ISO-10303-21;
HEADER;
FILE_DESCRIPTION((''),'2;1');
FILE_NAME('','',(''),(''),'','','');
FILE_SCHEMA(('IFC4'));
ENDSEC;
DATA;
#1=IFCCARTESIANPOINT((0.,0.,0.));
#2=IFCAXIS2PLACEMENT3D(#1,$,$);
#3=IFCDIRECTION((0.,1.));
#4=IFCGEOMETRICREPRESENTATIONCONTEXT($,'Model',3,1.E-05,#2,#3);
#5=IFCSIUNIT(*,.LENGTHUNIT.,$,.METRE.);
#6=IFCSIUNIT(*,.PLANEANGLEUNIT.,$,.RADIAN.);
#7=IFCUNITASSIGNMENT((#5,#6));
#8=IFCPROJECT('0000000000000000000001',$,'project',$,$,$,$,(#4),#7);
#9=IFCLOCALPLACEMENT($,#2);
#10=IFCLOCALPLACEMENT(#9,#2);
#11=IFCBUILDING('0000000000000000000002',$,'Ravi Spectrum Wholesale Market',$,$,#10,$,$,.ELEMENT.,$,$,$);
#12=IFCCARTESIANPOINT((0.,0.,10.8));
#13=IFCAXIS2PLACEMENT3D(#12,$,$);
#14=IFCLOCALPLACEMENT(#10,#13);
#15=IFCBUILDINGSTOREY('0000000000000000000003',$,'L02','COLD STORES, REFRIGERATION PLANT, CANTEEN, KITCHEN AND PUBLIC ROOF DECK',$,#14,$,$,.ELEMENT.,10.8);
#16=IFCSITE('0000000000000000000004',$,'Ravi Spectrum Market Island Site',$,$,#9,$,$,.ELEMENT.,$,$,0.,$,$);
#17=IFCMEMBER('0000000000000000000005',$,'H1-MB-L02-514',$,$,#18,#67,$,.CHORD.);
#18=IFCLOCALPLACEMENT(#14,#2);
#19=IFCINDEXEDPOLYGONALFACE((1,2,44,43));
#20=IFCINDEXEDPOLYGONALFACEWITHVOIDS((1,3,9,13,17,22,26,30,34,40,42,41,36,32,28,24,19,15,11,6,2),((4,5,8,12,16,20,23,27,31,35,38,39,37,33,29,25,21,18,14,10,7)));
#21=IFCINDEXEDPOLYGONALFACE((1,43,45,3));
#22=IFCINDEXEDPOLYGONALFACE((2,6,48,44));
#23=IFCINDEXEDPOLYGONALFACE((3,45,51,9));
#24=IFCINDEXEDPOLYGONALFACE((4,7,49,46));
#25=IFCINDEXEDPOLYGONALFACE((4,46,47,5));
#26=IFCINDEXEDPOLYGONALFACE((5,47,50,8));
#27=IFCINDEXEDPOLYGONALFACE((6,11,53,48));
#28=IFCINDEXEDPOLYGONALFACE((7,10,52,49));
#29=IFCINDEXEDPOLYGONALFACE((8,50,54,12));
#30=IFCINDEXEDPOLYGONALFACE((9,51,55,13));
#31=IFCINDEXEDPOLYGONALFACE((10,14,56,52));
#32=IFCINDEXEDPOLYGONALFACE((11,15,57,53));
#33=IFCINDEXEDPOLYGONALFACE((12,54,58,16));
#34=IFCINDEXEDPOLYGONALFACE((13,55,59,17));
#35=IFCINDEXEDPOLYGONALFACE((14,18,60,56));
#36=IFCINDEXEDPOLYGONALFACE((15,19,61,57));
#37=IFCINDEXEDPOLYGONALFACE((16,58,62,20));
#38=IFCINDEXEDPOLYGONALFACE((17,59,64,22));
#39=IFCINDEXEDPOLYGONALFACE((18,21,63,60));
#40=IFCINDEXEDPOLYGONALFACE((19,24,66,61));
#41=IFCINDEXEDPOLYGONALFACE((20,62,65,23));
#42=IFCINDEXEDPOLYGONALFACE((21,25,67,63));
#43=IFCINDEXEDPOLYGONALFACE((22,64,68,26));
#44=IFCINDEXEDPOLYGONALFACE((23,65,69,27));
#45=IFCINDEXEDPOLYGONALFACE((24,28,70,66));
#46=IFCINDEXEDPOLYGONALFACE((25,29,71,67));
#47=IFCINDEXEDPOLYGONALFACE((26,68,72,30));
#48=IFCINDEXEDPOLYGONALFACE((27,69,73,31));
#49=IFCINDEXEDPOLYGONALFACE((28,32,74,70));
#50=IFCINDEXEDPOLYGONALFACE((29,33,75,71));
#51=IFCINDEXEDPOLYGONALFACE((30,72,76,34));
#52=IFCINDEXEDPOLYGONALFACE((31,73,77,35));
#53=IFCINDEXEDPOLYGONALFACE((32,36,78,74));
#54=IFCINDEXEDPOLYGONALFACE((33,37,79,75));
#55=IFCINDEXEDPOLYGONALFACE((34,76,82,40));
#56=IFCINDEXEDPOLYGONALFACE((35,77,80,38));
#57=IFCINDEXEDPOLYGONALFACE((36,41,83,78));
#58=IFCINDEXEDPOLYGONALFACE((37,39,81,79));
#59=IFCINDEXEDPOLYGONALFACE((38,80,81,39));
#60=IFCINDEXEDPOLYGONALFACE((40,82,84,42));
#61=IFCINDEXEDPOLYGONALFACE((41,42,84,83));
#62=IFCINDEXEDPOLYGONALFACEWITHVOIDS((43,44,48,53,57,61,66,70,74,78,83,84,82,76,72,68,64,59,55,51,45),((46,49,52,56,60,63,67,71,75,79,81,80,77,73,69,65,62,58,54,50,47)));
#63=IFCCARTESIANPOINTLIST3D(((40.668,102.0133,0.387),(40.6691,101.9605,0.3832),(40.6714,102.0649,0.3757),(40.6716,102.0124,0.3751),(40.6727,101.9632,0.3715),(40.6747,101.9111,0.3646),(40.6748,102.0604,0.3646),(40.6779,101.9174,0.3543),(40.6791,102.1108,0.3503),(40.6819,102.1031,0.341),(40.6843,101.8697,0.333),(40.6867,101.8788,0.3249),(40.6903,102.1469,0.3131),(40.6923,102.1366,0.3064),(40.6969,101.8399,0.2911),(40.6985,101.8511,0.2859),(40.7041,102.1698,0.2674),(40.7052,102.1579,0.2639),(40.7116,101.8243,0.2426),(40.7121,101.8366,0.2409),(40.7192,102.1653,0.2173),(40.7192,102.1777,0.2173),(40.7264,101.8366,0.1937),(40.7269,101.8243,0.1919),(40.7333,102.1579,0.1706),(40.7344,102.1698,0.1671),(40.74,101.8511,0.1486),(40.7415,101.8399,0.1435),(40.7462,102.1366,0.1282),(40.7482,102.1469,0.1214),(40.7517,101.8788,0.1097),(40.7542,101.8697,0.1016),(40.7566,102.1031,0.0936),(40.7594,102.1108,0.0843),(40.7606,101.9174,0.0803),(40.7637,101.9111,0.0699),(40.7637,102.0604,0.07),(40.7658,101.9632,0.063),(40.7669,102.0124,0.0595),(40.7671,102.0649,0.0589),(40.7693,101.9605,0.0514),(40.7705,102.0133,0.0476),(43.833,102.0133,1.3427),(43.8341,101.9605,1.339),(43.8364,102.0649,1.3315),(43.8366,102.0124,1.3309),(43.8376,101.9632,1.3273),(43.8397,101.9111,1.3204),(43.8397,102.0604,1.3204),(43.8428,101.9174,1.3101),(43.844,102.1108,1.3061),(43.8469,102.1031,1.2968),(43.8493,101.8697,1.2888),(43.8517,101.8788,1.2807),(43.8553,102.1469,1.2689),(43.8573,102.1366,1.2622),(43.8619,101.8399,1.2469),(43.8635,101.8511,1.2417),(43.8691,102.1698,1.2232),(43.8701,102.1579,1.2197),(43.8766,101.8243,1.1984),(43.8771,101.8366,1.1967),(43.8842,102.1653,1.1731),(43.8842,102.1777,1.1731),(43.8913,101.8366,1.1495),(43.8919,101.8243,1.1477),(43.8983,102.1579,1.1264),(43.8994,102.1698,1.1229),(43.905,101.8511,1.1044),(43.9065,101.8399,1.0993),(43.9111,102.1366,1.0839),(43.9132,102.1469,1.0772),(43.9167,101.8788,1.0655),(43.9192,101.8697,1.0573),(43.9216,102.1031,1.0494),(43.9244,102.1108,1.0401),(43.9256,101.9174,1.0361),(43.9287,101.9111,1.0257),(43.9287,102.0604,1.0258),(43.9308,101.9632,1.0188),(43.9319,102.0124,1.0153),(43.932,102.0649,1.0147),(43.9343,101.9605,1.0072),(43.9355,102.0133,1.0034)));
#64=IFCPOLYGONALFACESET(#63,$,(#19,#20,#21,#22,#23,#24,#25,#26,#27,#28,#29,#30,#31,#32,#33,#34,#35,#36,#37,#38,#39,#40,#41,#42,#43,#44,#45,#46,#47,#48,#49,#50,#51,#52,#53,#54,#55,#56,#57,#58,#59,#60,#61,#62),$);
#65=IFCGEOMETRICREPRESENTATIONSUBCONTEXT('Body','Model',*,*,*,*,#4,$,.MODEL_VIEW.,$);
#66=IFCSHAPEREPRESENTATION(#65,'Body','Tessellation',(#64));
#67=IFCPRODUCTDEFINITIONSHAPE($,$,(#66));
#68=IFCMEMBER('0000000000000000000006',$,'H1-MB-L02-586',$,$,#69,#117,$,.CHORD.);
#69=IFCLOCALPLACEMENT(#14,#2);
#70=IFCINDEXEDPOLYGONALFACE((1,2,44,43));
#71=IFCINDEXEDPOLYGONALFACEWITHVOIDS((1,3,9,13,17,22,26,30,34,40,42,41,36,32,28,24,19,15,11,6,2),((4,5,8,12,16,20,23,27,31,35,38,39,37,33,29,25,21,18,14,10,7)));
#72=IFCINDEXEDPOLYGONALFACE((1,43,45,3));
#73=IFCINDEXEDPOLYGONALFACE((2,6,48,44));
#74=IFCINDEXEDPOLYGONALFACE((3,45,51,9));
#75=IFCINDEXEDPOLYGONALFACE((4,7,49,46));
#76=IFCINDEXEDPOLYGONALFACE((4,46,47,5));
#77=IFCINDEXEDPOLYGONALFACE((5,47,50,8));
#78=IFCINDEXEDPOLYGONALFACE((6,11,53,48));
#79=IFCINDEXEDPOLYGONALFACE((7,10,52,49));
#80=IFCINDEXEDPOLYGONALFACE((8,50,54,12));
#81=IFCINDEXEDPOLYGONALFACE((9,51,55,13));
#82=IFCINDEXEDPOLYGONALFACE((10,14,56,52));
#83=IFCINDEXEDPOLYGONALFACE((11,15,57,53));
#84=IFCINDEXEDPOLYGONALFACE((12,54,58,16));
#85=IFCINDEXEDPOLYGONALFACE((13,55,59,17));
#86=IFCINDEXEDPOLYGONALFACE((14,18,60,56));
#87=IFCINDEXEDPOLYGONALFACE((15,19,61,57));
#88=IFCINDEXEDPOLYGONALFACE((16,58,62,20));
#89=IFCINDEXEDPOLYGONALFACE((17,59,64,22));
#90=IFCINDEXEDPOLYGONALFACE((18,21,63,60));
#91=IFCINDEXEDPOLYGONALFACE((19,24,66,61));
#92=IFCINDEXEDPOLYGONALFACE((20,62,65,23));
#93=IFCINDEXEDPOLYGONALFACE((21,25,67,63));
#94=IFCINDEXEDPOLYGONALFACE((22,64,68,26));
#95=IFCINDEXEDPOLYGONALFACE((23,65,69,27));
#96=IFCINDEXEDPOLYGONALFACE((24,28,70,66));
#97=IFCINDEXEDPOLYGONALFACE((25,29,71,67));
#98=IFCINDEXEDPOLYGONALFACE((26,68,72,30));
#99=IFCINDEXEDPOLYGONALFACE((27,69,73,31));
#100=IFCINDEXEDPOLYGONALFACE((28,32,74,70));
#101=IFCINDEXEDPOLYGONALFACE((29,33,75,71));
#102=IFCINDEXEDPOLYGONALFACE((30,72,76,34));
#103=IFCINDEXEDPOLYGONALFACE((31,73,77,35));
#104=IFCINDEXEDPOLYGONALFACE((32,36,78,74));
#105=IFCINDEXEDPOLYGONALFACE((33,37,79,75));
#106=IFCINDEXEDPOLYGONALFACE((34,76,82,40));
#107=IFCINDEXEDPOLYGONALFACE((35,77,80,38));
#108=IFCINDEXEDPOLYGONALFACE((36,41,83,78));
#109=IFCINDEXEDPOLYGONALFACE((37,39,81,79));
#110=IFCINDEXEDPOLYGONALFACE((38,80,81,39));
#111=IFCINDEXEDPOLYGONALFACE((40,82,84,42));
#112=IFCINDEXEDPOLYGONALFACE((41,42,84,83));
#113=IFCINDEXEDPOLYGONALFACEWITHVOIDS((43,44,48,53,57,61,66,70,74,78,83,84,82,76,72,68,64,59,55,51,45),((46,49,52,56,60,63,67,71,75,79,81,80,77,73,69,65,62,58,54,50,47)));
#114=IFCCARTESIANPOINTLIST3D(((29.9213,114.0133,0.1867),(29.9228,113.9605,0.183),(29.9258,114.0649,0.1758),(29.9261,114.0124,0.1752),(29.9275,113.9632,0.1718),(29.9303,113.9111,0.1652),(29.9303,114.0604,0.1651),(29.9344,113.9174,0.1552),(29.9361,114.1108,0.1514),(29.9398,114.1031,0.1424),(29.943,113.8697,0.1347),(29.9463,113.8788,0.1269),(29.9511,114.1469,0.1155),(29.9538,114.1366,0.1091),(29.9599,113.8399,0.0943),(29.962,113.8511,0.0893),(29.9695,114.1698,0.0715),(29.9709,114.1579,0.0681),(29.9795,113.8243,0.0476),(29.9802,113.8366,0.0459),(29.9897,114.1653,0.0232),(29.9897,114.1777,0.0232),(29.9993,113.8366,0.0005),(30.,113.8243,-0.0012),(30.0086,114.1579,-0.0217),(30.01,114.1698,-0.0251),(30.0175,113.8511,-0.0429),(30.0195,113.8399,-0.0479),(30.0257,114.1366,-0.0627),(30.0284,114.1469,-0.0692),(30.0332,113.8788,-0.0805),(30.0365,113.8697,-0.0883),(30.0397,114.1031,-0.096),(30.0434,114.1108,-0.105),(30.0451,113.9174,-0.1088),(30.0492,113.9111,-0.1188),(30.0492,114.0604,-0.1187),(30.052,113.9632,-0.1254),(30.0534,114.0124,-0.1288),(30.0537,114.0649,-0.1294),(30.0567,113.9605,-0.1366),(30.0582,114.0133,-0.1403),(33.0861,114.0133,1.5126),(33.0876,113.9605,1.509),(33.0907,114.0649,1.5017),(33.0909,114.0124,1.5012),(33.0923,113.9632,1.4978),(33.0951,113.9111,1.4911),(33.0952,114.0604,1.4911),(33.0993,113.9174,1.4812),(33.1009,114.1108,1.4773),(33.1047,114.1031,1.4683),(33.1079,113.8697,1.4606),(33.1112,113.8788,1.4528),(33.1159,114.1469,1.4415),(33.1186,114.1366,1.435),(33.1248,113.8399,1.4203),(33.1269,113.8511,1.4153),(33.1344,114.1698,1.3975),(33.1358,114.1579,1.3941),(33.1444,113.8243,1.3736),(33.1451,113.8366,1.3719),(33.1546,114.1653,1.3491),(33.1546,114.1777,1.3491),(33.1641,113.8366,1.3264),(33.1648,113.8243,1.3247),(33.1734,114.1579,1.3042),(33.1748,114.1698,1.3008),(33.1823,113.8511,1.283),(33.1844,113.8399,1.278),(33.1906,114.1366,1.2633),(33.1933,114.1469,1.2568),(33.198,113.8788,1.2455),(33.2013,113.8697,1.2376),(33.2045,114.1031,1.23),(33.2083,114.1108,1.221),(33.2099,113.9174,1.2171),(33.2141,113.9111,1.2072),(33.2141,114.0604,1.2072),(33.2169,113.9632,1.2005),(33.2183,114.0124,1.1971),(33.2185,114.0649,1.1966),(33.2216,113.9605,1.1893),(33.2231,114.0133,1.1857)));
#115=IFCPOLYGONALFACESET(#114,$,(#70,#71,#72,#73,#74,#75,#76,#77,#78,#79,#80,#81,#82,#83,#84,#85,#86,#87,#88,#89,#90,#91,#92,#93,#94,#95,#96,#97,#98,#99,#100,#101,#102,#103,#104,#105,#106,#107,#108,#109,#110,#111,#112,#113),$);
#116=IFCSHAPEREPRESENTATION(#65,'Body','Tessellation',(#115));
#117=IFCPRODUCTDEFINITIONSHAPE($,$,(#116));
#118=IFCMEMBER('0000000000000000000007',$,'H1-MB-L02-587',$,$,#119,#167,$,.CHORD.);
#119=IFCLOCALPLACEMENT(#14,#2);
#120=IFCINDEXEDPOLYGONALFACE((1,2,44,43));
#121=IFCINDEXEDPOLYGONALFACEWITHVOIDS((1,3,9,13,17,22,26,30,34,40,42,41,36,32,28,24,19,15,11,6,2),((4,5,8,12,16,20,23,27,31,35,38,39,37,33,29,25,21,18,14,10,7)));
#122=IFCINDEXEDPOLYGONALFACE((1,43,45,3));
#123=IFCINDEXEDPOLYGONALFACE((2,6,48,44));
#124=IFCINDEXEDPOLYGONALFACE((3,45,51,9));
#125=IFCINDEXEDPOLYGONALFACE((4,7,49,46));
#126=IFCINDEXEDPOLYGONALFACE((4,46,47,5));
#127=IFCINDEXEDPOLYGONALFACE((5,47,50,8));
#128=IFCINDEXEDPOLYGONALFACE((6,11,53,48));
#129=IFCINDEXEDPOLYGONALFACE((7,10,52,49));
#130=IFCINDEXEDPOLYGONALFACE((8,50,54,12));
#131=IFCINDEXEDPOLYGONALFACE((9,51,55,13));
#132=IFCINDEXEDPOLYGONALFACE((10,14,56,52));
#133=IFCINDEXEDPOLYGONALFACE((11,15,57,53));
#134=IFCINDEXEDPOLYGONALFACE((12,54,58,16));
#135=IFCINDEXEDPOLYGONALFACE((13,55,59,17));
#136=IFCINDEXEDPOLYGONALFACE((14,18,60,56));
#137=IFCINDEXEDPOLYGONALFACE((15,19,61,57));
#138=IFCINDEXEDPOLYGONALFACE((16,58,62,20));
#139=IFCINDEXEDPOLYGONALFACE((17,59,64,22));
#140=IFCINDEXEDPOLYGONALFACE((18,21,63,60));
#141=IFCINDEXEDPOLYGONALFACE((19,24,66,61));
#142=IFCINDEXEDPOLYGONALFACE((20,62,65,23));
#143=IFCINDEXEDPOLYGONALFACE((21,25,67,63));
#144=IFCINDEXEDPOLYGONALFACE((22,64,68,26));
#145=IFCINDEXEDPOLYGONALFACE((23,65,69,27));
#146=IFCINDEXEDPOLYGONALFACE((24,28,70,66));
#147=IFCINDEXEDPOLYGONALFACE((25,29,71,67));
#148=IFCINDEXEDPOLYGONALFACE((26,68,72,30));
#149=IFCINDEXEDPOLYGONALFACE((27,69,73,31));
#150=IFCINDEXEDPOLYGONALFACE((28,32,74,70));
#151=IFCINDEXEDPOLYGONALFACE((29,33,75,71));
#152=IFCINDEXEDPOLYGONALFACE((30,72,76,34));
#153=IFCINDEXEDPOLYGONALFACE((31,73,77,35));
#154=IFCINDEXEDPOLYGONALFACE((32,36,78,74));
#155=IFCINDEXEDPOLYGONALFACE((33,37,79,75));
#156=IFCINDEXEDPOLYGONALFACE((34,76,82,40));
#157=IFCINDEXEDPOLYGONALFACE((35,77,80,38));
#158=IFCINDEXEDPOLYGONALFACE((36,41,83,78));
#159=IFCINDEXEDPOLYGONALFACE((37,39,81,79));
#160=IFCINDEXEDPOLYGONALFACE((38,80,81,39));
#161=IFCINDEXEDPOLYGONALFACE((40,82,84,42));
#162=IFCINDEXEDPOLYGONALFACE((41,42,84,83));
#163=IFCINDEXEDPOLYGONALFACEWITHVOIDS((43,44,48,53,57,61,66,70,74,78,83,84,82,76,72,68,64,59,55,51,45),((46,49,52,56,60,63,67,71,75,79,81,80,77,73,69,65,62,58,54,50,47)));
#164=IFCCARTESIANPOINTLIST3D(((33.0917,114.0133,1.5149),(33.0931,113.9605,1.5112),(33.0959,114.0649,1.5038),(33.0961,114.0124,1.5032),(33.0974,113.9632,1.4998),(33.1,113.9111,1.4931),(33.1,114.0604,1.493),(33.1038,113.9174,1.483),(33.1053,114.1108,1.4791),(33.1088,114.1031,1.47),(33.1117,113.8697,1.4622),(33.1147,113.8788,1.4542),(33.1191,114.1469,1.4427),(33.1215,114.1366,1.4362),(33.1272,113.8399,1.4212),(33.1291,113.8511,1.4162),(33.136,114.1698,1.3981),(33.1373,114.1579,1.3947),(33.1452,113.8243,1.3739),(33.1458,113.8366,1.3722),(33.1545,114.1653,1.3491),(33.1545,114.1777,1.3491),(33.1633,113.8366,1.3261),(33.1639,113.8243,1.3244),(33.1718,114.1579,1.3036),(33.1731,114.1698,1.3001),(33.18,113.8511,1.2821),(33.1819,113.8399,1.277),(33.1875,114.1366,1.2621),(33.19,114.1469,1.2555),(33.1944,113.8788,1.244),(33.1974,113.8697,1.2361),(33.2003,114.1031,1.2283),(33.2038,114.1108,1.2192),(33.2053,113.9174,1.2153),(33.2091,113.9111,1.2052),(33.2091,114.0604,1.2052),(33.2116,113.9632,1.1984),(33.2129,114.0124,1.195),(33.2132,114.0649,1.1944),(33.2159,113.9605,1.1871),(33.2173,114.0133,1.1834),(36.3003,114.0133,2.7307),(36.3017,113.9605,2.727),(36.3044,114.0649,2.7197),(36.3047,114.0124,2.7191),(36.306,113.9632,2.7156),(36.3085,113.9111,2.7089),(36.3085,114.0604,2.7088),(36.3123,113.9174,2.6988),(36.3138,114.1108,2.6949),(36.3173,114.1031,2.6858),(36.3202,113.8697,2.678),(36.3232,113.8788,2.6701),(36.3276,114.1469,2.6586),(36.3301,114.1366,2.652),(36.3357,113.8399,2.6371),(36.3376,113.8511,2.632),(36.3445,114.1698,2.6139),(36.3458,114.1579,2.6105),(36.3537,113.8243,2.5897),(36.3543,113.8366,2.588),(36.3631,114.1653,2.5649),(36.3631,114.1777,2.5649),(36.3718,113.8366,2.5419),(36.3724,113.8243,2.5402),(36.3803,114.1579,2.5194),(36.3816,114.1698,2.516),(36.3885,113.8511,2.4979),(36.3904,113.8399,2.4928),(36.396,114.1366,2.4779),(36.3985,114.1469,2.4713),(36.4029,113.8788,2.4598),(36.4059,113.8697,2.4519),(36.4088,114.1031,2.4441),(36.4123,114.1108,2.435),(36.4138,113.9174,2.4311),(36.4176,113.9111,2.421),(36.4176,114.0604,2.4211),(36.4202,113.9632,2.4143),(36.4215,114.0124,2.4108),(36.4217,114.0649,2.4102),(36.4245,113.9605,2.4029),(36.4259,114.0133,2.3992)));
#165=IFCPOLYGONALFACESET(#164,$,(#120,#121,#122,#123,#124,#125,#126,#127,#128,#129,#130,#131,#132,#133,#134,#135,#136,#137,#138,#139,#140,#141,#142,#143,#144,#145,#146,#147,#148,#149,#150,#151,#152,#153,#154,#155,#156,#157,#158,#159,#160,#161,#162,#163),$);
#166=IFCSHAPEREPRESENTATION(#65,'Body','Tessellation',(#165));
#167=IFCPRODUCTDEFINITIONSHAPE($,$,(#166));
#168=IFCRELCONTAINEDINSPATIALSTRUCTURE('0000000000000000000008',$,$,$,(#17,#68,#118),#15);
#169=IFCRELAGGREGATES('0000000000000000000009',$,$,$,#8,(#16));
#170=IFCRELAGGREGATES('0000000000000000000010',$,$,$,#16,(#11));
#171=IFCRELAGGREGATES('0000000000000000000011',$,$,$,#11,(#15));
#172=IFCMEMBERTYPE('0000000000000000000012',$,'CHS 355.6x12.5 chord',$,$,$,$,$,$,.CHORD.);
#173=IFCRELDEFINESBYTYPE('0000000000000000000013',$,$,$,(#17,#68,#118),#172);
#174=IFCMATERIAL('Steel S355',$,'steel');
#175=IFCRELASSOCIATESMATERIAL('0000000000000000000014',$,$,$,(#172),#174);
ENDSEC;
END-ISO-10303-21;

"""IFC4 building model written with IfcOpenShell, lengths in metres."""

from ifc_helpers import new_model, si_unit, direction, frame, origin, origin_2d, place, context, subcontext, project, spatial, hollow_circle, extrude, material, material_profile, profile_set, type_object, element, save


model = new_model("IFC4")

# Units and contexts
model_context = context("Model", 3, precision=1e-05, world=origin(), true_north=direction((0.0, 1.0)))
body_context = subcontext(model_context, "Body", "Model", "MODEL_VIEW")
ifc_project = project(units=[si_unit("LENGTHUNIT", "METRE"), si_unit("PLANEANGLEUNIT", "RADIAN")], contexts=[model_context])

# Site, building, storey
site_placement = place(None, origin())
site = spatial("IfcSite", under=ifc_project, at=site_placement, Name="Ravi Spectrum Market Island Site", CompositionType="ELEMENT", RefElevation=0.0)
building_placement = place(site_placement, origin())
building = spatial("IfcBuilding", under=site, at=building_placement, Name="Ravi Spectrum Wholesale Market", CompositionType="ELEMENT")
storey_placement = place(building_placement, frame((0.0, 0.0, 10.8)))
storey = spatial("IfcBuildingStorey", under=building, at=storey_placement, Name="L02", Description="COLD STORES, REFRIGERATION PLANT, CANTEEN, KITCHEN AND PUBLIC ROOF DECK", CompositionType="ELEMENT", Elevation=10.8)

# Members
ifc_material_1 = material(Name="Steel S355", Category="steel")
ifc_material_profile_1 = material_profile(ifc_material_1, hollow_circle(Radius=0.1777, WallThickness=0.0125, at=origin_2d()))
ifc_profile_set_1 = profile_set([ifc_material_profile_1], Name="Steel S355")
member_type_1 = type_object("IfcMemberType", Name="CHS 355.6x12.5 chord", PredefinedType="CHORD", material=ifc_profile_set_1)
member_1_placement = place(storey_placement, frame((40.7192, 102.0, 0.2173), z_axis=(0.9573, 0.0, 0.289095), x_axis=(0.0, 1.0, 0.0)))
element("IfcMember", 1, at=member_1_placement, inside=storey, type_object=member_type_1, Name="H1-MB-L02-514", PredefinedType="CHORD", context=body_context, shape_type="SweptSolid", body=[
    extrude(hollow_circle(Radius=0.1777, WallThickness=0.0125, at=origin_2d()), origin(), (0.0, 0.0, 1.0), 3.3062),
])
member_2_placement = place(storey_placement, frame((29.9897, 114.0, 0.0232), z_axis=(0.922324, 0.0, 0.386418), x_axis=(0.0, 1.0, 0.0)))
element("IfcMember", 2, at=member_2_placement, inside=storey, type_object=member_type_1, Name="H1-MB-L02-586", PredefinedType="CHORD", context=body_context, shape_type="SweptSolid", body=[
    extrude(hollow_circle(Radius=0.1777, WallThickness=0.0125, at=origin_2d()), origin(), (0.0, 0.0, 1.0), 3.4314),
])
member_3_placement = place(storey_placement, frame((33.1545, 114.0, 1.3491), z_axis=(0.935113, 0.0, 0.35435), x_axis=(0.0, 1.0, 0.0)))
element("IfcMember", 3, at=member_3_placement, inside=storey, type_object=member_type_1, Name="H1-MB-L02-587", PredefinedType="CHORD", context=body_context, shape_type="SweptSolid", body=[
    extrude(hollow_circle(Radius=0.1777, WallThickness=0.0125, at=origin_2d()), origin(), (0.0, 0.0, 1.0), 3.4312),
])

save(model, "model.ifc")
